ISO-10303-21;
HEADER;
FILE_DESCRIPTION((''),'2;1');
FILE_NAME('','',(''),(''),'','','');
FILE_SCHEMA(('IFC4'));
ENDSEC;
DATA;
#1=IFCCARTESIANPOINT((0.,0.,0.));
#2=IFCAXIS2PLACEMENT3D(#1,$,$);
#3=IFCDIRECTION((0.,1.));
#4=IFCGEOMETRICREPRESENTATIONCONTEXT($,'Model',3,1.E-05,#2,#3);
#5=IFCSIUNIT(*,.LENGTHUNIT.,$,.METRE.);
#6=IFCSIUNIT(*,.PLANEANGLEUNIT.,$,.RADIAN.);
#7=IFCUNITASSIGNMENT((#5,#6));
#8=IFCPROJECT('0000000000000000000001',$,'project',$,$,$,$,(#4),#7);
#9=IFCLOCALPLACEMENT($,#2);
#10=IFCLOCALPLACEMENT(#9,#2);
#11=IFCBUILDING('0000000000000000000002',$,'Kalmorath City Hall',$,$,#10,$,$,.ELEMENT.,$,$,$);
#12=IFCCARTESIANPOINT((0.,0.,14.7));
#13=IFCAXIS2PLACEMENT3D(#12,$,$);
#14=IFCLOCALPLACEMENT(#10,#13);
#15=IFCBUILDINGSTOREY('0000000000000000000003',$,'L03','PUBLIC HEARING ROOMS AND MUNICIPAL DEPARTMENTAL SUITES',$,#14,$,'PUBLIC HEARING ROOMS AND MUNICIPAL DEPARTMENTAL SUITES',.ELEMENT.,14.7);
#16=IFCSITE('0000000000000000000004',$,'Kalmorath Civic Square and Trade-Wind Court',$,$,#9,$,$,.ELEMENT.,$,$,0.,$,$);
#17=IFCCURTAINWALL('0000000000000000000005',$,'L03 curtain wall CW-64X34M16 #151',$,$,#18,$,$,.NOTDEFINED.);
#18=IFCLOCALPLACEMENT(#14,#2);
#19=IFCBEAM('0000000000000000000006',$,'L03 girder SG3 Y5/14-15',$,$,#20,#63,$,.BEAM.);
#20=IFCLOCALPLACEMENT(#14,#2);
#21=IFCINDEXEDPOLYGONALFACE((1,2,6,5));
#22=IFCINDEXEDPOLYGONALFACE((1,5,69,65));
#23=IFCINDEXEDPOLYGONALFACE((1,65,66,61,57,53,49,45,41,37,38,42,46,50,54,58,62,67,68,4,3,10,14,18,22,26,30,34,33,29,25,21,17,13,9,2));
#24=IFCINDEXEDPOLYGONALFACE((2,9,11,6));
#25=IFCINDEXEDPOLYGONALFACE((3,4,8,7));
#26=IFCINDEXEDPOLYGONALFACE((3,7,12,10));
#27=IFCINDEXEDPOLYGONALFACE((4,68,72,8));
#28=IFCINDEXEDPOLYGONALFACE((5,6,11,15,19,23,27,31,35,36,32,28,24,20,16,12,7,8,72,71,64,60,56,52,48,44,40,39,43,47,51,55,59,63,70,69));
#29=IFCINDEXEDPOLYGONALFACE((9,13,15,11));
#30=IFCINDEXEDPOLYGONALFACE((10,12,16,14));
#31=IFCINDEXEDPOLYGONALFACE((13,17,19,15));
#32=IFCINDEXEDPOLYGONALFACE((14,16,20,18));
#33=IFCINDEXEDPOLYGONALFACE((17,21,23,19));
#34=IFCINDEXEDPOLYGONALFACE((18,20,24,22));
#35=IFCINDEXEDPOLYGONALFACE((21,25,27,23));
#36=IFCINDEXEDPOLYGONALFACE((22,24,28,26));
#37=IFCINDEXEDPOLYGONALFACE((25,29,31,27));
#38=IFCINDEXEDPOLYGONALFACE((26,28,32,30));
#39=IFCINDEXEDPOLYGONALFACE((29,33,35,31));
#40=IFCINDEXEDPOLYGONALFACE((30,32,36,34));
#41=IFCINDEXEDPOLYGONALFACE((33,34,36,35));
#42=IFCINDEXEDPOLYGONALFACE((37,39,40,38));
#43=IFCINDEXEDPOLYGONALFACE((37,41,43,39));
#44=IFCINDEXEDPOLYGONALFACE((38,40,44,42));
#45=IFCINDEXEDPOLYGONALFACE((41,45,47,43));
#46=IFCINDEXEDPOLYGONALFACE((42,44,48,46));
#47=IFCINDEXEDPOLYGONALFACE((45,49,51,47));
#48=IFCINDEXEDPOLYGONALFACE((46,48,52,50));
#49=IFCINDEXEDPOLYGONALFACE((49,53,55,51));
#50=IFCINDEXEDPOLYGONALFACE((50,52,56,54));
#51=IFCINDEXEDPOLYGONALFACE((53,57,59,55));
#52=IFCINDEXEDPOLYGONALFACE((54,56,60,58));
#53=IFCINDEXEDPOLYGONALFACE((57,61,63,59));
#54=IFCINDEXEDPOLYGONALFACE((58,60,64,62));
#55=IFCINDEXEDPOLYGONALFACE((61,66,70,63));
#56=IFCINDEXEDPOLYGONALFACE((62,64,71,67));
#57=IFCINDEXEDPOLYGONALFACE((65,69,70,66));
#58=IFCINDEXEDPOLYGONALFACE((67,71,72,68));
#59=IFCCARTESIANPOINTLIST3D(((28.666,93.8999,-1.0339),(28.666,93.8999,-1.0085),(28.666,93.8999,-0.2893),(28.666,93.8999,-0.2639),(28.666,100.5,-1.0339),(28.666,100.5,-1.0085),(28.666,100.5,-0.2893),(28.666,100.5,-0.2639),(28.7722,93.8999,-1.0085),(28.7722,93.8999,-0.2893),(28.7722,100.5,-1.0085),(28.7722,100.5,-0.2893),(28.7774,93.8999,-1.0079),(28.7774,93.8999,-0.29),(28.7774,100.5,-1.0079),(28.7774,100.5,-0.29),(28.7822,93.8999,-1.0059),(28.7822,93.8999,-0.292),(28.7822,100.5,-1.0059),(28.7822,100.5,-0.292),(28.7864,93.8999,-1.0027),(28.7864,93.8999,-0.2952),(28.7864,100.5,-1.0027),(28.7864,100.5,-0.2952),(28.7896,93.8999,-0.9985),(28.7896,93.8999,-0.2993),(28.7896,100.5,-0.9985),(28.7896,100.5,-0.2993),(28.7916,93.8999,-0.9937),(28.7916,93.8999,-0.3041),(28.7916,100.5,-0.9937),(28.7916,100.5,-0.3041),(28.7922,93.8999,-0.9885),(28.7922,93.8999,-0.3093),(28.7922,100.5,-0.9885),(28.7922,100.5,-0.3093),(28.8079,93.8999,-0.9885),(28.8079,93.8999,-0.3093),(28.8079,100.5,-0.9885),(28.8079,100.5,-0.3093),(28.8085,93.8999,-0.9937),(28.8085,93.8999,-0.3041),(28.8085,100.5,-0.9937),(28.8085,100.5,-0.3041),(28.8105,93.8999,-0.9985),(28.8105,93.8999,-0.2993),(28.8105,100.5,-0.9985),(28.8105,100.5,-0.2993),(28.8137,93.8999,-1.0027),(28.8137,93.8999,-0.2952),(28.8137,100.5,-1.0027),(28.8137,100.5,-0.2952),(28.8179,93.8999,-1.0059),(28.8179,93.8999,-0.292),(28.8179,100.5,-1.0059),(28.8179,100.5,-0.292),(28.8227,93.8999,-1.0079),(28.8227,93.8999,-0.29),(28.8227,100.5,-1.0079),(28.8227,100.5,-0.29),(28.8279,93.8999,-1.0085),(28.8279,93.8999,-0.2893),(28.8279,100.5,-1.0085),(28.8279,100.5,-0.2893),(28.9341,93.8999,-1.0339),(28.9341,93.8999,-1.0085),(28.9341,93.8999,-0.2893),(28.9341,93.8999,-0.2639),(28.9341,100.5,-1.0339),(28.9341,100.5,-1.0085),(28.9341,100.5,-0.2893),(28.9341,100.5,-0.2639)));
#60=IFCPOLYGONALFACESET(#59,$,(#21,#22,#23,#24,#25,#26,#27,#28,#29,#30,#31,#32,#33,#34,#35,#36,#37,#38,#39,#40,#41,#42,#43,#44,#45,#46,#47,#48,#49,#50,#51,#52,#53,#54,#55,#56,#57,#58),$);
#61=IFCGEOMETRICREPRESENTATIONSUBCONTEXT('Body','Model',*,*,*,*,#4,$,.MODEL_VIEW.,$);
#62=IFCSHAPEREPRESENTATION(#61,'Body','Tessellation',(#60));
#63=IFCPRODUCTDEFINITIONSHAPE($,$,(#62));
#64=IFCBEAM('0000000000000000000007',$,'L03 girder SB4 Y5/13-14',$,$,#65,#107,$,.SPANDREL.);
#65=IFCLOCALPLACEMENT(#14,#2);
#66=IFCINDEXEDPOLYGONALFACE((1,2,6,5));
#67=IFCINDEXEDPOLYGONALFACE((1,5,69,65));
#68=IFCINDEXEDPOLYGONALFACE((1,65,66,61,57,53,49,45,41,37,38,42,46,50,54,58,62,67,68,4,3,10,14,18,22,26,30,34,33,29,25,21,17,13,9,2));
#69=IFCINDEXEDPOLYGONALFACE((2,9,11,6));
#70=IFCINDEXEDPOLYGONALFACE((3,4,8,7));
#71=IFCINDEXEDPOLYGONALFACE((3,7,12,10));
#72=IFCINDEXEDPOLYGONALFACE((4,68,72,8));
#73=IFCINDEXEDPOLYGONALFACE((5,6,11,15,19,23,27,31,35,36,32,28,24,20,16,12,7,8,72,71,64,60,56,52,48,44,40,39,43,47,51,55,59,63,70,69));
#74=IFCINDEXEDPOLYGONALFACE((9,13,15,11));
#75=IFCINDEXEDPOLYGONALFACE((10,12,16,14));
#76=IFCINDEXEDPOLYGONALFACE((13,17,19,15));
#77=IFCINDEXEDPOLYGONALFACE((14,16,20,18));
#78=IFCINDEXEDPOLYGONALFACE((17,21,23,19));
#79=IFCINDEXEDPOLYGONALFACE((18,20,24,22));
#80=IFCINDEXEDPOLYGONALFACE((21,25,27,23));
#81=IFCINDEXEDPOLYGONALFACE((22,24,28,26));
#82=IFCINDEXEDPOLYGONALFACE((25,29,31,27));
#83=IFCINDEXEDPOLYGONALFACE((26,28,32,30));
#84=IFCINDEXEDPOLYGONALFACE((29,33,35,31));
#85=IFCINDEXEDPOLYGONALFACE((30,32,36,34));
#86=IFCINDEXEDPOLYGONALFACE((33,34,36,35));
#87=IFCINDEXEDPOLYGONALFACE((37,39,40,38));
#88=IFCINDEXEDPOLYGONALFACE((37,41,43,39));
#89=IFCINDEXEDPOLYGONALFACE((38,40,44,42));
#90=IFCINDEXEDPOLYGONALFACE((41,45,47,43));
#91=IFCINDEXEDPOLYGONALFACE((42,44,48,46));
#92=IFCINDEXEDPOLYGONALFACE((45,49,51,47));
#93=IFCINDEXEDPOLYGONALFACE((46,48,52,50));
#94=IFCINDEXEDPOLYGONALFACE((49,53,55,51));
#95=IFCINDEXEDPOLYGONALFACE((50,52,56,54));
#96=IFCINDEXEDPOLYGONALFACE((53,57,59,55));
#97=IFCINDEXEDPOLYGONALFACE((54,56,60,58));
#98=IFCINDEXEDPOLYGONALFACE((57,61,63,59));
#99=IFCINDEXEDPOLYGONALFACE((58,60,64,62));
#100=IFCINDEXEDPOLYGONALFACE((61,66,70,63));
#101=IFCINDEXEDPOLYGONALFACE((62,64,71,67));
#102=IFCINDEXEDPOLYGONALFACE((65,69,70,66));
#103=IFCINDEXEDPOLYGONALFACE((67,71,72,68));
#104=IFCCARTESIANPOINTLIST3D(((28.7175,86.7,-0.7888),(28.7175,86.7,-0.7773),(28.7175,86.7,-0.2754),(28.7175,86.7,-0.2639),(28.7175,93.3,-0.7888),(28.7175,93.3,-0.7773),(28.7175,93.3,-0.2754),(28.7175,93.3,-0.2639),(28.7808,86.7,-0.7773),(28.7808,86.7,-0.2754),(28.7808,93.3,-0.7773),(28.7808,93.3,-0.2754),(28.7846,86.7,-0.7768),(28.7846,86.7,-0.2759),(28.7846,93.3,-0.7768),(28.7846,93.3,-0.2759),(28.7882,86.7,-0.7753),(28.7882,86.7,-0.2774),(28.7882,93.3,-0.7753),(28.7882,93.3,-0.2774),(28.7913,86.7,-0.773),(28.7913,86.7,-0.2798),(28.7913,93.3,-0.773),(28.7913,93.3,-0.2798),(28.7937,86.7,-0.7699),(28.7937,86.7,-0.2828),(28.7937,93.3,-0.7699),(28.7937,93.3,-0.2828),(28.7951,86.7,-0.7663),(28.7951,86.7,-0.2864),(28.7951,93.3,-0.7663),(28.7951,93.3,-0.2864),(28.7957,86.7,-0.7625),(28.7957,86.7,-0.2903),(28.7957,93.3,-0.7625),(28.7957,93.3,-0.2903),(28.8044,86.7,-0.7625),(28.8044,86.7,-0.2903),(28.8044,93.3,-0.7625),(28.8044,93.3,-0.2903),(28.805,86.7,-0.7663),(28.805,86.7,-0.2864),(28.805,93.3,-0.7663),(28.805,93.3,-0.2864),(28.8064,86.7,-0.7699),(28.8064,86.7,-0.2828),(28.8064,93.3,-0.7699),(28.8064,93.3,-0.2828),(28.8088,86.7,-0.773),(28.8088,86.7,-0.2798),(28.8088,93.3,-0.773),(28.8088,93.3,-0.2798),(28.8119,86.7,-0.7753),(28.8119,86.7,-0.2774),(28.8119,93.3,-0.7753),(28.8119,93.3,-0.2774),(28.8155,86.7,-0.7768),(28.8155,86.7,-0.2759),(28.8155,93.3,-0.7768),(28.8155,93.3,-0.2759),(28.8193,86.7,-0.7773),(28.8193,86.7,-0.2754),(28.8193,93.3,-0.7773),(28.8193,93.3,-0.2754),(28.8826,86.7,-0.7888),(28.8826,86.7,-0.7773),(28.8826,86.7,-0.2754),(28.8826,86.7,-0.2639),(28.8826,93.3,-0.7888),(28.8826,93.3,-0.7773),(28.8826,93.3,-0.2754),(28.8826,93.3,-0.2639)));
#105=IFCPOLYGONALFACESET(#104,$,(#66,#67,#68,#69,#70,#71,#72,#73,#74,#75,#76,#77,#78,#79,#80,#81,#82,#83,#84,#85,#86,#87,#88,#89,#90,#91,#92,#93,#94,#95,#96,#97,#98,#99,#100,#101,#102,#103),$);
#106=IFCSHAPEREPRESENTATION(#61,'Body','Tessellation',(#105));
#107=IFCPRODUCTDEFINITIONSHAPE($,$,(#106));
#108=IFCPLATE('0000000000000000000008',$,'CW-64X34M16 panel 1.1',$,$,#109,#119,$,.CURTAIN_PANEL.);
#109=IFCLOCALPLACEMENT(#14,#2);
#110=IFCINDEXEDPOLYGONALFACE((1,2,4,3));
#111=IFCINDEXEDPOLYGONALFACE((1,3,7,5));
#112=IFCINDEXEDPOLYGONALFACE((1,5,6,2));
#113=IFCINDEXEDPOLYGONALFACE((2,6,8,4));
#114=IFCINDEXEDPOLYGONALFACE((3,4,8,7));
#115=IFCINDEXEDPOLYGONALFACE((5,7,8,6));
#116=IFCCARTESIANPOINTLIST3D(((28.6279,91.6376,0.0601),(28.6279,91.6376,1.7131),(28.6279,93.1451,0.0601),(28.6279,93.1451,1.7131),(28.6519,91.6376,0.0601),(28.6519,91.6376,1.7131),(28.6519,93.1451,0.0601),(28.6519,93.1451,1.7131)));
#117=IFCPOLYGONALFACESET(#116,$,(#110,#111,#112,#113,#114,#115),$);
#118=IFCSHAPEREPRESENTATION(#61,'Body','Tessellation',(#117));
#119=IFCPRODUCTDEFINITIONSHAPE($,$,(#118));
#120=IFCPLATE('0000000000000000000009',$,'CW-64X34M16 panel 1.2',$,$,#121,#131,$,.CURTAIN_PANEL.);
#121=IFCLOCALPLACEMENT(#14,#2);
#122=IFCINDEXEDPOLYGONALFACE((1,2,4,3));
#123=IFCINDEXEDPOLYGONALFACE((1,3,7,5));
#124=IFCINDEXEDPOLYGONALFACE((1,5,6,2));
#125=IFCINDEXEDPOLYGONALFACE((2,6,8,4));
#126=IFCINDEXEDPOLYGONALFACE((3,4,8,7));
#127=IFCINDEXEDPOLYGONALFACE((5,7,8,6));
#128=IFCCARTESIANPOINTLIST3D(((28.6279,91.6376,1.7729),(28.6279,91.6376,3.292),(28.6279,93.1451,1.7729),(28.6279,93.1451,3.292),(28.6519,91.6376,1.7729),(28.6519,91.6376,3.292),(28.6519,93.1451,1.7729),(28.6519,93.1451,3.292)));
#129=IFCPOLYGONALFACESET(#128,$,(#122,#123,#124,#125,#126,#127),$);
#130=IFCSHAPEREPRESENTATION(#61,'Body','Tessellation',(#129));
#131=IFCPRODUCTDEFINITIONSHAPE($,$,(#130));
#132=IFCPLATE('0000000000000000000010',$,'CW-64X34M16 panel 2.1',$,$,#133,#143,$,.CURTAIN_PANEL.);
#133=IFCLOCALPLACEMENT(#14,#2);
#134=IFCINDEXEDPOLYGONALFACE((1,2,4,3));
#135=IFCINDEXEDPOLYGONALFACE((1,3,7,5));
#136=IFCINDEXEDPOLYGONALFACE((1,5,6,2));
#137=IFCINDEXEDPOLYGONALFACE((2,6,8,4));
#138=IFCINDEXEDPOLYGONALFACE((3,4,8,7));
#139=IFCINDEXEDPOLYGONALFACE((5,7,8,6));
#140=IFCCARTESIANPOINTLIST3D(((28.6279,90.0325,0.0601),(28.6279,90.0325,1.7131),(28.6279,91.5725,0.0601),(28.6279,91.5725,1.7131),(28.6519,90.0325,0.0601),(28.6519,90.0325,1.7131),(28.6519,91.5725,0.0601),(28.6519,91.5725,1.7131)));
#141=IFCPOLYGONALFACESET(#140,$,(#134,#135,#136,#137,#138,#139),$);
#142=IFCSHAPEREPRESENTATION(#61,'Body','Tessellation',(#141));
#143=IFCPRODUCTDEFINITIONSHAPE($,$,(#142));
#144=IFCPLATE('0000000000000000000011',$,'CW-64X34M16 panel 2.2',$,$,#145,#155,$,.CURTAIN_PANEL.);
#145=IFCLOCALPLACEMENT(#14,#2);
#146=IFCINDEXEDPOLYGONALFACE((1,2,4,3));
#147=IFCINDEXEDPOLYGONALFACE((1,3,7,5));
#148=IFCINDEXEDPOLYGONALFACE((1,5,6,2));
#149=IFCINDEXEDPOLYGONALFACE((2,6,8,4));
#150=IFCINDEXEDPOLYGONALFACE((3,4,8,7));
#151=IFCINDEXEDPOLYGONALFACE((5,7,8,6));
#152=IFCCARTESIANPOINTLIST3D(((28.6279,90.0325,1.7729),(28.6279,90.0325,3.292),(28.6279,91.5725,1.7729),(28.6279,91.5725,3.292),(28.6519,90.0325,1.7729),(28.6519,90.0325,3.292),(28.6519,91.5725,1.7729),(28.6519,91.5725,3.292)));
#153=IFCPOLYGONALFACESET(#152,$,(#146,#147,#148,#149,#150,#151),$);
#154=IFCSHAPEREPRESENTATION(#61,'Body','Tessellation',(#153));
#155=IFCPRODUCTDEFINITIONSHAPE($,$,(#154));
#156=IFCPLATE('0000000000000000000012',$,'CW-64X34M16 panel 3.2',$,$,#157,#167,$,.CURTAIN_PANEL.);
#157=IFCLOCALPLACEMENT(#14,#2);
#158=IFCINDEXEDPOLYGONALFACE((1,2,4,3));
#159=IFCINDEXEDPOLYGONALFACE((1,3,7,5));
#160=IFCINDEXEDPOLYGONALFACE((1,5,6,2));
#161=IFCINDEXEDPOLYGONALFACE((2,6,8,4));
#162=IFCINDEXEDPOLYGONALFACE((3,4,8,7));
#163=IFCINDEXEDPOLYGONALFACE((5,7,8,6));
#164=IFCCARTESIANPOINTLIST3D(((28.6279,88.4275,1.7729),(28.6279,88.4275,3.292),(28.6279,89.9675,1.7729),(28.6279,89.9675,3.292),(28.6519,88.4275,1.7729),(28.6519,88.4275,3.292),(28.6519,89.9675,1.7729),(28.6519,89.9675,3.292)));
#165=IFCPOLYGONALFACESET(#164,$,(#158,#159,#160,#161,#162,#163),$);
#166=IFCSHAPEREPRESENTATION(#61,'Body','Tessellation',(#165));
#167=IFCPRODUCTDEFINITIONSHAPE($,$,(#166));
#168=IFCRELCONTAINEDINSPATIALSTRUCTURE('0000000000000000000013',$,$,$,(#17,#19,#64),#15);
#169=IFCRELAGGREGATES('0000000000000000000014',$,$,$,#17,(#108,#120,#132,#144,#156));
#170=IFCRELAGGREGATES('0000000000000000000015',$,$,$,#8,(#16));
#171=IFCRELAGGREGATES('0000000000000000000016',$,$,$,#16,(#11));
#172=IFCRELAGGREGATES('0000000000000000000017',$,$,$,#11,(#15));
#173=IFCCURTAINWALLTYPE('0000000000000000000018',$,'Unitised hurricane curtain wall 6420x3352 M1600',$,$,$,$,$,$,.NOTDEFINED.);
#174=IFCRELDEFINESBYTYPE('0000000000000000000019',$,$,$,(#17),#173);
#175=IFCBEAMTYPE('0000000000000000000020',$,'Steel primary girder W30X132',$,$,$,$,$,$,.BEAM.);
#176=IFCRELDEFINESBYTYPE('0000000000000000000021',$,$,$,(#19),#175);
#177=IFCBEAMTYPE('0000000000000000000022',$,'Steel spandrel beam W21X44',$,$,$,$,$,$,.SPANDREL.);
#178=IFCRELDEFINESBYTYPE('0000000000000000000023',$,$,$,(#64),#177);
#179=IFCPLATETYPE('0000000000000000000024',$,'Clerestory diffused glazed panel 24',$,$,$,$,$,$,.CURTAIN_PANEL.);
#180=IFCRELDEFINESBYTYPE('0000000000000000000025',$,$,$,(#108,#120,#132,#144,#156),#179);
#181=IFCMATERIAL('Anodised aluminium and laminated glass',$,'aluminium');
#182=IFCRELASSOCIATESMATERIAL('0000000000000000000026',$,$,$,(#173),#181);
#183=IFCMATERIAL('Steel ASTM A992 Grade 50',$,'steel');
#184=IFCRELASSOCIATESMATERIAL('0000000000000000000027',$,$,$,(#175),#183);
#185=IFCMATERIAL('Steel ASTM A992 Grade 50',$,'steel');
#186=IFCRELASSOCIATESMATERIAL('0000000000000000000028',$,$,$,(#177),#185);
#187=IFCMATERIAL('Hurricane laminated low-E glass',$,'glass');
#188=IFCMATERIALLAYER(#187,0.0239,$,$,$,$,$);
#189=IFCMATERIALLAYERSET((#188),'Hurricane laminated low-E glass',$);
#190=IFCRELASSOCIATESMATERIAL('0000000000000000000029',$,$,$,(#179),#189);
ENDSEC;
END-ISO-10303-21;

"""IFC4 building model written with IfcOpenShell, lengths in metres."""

from ifc_helpers import new_model, si_unit, direction, frame, origin, origin_2d, place, context, subcontext, project, spatial, rectangle, i_section, extrude, material, layer, layer_set, material_profile, profile_set, type_object, element, aggregate, save


model = new_model("IFC4")

# Units and contexts
model_context = context("Model", 3, precision=1e-05, world=origin(), true_north=direction((0.0, 1.0)))
body_context = subcontext(model_context, "Body", "Model", "MODEL_VIEW")
ifc_project = project(units=[si_unit("LENGTHUNIT", "METRE"), si_unit("PLANEANGLEUNIT", "RADIAN")], contexts=[model_context])

# Site, building, storey
site_placement = place(None, origin())
site = spatial("IfcSite", under=ifc_project, at=site_placement, Name="Kalmorath Civic Square and Trade-Wind Court", CompositionType="ELEMENT", RefElevation=0.0)
building_placement = place(site_placement, origin())
building = spatial("IfcBuilding", under=site, at=building_placement, Name="Kalmorath City Hall", CompositionType="ELEMENT")
storey_placement = place(building_placement, frame((0.0, 0.0, 14.7)))
storey = spatial("IfcBuildingStorey", under=building, at=storey_placement, Name="L03", Description="PUBLIC HEARING ROOMS AND MUNICIPAL DEPARTMENTAL SUITES", LongName="PUBLIC HEARING ROOMS AND MUNICIPAL DEPARTMENTAL SUITES", CompositionType="ELEMENT", Elevation=14.7)

# Curtain wall
ifc_material_1 = material(Name="Anodised aluminium and laminated glass", Category="aluminium")
curtain_wall_type = type_object("IfcCurtainWallType", Name="Unitised hurricane curtain wall 6420x3352 M1600", PredefinedType="NOTDEFINED", material=ifc_material_1)
curtain_wall_placement = place(storey_placement, origin())
curtain_wall = element("IfcCurtainWall", 1, at=curtain_wall_placement, inside=storey, type_object=curtain_wall_type, Name="L03 curtain wall CW-64X34M16 #151", PredefinedType="NOTDEFINED")

# Beams
ifc_material_2 = material(Name="Steel ASTM A992 Grade 50", Category="steel")
ifc_material_profile_1 = material_profile(ifc_material_2, i_section(OverallWidth=0.2681, OverallDepth=0.77, WebThickness=0.0156, FlangeThickness=0.0254, FilletRadius=0.02, at=origin_2d()), Name="W30X132")
ifc_profile_set_1 = profile_set([ifc_material_profile_1], Name="Steel ASTM A992 Grade 50")
beam_type_1 = type_object("IfcBeamType", Name="Steel primary girder W30X132", PredefinedType="BEAM", material=ifc_profile_set_1)
beam_1_placement = place(storey_placement, frame((28.8, 93.8999, -0.6489), z_axis=(0.0, 1.0, 0.0), x_axis=(-1.0, 0.0, 0.0)))
element("IfcBeam", 2, at=beam_1_placement, inside=storey, type_object=beam_type_1, Name="L03 girder SG3 Y5/14-15", PredefinedType="BEAM", context=body_context, shape_type="SweptSolid", body=[
    extrude(i_section(OverallWidth=0.2681, OverallDepth=0.77, WebThickness=0.0156, FlangeThickness=0.0254, FilletRadius=0.02, at=origin_2d()), origin(), (0.0, 0.0, 1.0), 6.6001),
])
ifc_material_3 = material(Name="Steel ASTM A992 Grade 50", Category="steel")
ifc_material_profile_2 = material_profile(ifc_material_3, i_section(OverallWidth=0.165, OverallDepth=0.5249, WebThickness=0.0088, FlangeThickness=0.0115, FilletRadius=0.0149, at=origin_2d()), Name="W21X44")
ifc_profile_set_2 = profile_set([ifc_material_profile_2], Name="Steel ASTM A992 Grade 50")
beam_type_2 = type_object("IfcBeamType", Name="Steel spandrel beam W21X44", PredefinedType="SPANDREL", material=ifc_profile_set_2)
beam_2_placement = place(storey_placement, frame((28.8, 86.7, -0.5264), z_axis=(0.0, 1.0, 0.0), x_axis=(-1.0, 0.0, 0.0)))
element("IfcBeam", 3, at=beam_2_placement, inside=storey, type_object=beam_type_2, Name="L03 girder SB4 Y5/13-14", PredefinedType="SPANDREL", context=body_context, shape_type="SweptSolid", body=[
    extrude(i_section(OverallWidth=0.165, OverallDepth=0.5249, WebThickness=0.0088, FlangeThickness=0.0115, FilletRadius=0.0149, at=origin_2d()), origin(), (0.0, 0.0, 1.0), 6.6001),
])

# Plates
ifc_material_4 = material(Name="Hurricane laminated low-E glass", Category="glass")
ifc_layer_1 = layer(ifc_material_4, 0.0239)
ifc_layer_set_1 = layer_set([ifc_layer_1], Name="Hurricane laminated low-E glass")
plate_type = type_object("IfcPlateType", Name="Clerestory diffused glazed panel 24", PredefinedType="CURTAIN_PANEL", material=ifc_layer_set_1)
plate_1_placement = place(storey_placement, frame((28.6399, 92.3914, 0.0601), z_axis=(0.0, 0.0, 1.0), x_axis=(0.0, -1.0, 0.0)))
plate_1 = element("IfcPlate", 4, at=plate_1_placement, type_object=plate_type, Name="CW-64X34M16 panel 1.1", PredefinedType="CURTAIN_PANEL", context=body_context, shape_type="SweptSolid", body=[
    extrude(rectangle(XDim=1.5076, YDim=0.0239, at=origin_2d()), origin(), (0.0, 0.0, 1.0), 1.6531),
])
plate_2_placement = place(storey_placement, frame((28.6399, 92.3914, 1.7729), z_axis=(0.0, 0.0, 1.0), x_axis=(0.0, -1.0, 0.0)))
plate_2 = element("IfcPlate", 5, at=plate_2_placement, type_object=plate_type, Name="CW-64X34M16 panel 1.2", PredefinedType="CURTAIN_PANEL", context=body_context, shape_type="SweptSolid", body=[
    extrude(rectangle(XDim=1.5076, YDim=0.0239, at=origin_2d()), origin(), (0.0, 0.0, 1.0), 1.519),
])
plate_3_placement = place(storey_placement, frame((28.6399, 90.8025, 0.0601), z_axis=(0.0, 0.0, 1.0), x_axis=(0.0, -1.0, 0.0)))
plate_3 = element("IfcPlate", 6, at=plate_3_placement, type_object=plate_type, Name="CW-64X34M16 panel 2.1", PredefinedType="CURTAIN_PANEL", context=body_context, shape_type="SweptSolid", body=[
    extrude(rectangle(XDim=1.54, YDim=0.0239, at=origin_2d()), origin(), (0.0, 0.0, 1.0), 1.6531),
])
plate_4_placement = place(storey_placement, frame((28.6399, 90.8025, 1.7729), z_axis=(0.0, 0.0, 1.0), x_axis=(0.0, -1.0, 0.0)))
plate_4 = element("IfcPlate", 7, at=plate_4_placement, type_object=plate_type, Name="CW-64X34M16 panel 2.2", PredefinedType="CURTAIN_PANEL", context=body_context, shape_type="SweptSolid", body=[
    extrude(rectangle(XDim=1.54, YDim=0.0239, at=origin_2d()), origin(), (0.0, 0.0, 1.0), 1.519),
])
plate_5_placement = place(storey_placement, frame((28.6399, 89.1975, 1.7729), z_axis=(0.0, 0.0, 1.0), x_axis=(0.0, -1.0, 0.0)))
plate_5 = element("IfcPlate", 8, at=plate_5_placement, type_object=plate_type, Name="CW-64X34M16 panel 3.2", PredefinedType="CURTAIN_PANEL", context=body_context, shape_type="SweptSolid", body=[
    extrude(rectangle(XDim=1.54, YDim=0.0239, at=origin_2d()), origin(), (0.0, 0.0, 1.0), 1.519),
])
aggregate(curtain_wall, [plate_1, plate_2, plate_3, plate_4, plate_5])

save(model, "model.ifc")
